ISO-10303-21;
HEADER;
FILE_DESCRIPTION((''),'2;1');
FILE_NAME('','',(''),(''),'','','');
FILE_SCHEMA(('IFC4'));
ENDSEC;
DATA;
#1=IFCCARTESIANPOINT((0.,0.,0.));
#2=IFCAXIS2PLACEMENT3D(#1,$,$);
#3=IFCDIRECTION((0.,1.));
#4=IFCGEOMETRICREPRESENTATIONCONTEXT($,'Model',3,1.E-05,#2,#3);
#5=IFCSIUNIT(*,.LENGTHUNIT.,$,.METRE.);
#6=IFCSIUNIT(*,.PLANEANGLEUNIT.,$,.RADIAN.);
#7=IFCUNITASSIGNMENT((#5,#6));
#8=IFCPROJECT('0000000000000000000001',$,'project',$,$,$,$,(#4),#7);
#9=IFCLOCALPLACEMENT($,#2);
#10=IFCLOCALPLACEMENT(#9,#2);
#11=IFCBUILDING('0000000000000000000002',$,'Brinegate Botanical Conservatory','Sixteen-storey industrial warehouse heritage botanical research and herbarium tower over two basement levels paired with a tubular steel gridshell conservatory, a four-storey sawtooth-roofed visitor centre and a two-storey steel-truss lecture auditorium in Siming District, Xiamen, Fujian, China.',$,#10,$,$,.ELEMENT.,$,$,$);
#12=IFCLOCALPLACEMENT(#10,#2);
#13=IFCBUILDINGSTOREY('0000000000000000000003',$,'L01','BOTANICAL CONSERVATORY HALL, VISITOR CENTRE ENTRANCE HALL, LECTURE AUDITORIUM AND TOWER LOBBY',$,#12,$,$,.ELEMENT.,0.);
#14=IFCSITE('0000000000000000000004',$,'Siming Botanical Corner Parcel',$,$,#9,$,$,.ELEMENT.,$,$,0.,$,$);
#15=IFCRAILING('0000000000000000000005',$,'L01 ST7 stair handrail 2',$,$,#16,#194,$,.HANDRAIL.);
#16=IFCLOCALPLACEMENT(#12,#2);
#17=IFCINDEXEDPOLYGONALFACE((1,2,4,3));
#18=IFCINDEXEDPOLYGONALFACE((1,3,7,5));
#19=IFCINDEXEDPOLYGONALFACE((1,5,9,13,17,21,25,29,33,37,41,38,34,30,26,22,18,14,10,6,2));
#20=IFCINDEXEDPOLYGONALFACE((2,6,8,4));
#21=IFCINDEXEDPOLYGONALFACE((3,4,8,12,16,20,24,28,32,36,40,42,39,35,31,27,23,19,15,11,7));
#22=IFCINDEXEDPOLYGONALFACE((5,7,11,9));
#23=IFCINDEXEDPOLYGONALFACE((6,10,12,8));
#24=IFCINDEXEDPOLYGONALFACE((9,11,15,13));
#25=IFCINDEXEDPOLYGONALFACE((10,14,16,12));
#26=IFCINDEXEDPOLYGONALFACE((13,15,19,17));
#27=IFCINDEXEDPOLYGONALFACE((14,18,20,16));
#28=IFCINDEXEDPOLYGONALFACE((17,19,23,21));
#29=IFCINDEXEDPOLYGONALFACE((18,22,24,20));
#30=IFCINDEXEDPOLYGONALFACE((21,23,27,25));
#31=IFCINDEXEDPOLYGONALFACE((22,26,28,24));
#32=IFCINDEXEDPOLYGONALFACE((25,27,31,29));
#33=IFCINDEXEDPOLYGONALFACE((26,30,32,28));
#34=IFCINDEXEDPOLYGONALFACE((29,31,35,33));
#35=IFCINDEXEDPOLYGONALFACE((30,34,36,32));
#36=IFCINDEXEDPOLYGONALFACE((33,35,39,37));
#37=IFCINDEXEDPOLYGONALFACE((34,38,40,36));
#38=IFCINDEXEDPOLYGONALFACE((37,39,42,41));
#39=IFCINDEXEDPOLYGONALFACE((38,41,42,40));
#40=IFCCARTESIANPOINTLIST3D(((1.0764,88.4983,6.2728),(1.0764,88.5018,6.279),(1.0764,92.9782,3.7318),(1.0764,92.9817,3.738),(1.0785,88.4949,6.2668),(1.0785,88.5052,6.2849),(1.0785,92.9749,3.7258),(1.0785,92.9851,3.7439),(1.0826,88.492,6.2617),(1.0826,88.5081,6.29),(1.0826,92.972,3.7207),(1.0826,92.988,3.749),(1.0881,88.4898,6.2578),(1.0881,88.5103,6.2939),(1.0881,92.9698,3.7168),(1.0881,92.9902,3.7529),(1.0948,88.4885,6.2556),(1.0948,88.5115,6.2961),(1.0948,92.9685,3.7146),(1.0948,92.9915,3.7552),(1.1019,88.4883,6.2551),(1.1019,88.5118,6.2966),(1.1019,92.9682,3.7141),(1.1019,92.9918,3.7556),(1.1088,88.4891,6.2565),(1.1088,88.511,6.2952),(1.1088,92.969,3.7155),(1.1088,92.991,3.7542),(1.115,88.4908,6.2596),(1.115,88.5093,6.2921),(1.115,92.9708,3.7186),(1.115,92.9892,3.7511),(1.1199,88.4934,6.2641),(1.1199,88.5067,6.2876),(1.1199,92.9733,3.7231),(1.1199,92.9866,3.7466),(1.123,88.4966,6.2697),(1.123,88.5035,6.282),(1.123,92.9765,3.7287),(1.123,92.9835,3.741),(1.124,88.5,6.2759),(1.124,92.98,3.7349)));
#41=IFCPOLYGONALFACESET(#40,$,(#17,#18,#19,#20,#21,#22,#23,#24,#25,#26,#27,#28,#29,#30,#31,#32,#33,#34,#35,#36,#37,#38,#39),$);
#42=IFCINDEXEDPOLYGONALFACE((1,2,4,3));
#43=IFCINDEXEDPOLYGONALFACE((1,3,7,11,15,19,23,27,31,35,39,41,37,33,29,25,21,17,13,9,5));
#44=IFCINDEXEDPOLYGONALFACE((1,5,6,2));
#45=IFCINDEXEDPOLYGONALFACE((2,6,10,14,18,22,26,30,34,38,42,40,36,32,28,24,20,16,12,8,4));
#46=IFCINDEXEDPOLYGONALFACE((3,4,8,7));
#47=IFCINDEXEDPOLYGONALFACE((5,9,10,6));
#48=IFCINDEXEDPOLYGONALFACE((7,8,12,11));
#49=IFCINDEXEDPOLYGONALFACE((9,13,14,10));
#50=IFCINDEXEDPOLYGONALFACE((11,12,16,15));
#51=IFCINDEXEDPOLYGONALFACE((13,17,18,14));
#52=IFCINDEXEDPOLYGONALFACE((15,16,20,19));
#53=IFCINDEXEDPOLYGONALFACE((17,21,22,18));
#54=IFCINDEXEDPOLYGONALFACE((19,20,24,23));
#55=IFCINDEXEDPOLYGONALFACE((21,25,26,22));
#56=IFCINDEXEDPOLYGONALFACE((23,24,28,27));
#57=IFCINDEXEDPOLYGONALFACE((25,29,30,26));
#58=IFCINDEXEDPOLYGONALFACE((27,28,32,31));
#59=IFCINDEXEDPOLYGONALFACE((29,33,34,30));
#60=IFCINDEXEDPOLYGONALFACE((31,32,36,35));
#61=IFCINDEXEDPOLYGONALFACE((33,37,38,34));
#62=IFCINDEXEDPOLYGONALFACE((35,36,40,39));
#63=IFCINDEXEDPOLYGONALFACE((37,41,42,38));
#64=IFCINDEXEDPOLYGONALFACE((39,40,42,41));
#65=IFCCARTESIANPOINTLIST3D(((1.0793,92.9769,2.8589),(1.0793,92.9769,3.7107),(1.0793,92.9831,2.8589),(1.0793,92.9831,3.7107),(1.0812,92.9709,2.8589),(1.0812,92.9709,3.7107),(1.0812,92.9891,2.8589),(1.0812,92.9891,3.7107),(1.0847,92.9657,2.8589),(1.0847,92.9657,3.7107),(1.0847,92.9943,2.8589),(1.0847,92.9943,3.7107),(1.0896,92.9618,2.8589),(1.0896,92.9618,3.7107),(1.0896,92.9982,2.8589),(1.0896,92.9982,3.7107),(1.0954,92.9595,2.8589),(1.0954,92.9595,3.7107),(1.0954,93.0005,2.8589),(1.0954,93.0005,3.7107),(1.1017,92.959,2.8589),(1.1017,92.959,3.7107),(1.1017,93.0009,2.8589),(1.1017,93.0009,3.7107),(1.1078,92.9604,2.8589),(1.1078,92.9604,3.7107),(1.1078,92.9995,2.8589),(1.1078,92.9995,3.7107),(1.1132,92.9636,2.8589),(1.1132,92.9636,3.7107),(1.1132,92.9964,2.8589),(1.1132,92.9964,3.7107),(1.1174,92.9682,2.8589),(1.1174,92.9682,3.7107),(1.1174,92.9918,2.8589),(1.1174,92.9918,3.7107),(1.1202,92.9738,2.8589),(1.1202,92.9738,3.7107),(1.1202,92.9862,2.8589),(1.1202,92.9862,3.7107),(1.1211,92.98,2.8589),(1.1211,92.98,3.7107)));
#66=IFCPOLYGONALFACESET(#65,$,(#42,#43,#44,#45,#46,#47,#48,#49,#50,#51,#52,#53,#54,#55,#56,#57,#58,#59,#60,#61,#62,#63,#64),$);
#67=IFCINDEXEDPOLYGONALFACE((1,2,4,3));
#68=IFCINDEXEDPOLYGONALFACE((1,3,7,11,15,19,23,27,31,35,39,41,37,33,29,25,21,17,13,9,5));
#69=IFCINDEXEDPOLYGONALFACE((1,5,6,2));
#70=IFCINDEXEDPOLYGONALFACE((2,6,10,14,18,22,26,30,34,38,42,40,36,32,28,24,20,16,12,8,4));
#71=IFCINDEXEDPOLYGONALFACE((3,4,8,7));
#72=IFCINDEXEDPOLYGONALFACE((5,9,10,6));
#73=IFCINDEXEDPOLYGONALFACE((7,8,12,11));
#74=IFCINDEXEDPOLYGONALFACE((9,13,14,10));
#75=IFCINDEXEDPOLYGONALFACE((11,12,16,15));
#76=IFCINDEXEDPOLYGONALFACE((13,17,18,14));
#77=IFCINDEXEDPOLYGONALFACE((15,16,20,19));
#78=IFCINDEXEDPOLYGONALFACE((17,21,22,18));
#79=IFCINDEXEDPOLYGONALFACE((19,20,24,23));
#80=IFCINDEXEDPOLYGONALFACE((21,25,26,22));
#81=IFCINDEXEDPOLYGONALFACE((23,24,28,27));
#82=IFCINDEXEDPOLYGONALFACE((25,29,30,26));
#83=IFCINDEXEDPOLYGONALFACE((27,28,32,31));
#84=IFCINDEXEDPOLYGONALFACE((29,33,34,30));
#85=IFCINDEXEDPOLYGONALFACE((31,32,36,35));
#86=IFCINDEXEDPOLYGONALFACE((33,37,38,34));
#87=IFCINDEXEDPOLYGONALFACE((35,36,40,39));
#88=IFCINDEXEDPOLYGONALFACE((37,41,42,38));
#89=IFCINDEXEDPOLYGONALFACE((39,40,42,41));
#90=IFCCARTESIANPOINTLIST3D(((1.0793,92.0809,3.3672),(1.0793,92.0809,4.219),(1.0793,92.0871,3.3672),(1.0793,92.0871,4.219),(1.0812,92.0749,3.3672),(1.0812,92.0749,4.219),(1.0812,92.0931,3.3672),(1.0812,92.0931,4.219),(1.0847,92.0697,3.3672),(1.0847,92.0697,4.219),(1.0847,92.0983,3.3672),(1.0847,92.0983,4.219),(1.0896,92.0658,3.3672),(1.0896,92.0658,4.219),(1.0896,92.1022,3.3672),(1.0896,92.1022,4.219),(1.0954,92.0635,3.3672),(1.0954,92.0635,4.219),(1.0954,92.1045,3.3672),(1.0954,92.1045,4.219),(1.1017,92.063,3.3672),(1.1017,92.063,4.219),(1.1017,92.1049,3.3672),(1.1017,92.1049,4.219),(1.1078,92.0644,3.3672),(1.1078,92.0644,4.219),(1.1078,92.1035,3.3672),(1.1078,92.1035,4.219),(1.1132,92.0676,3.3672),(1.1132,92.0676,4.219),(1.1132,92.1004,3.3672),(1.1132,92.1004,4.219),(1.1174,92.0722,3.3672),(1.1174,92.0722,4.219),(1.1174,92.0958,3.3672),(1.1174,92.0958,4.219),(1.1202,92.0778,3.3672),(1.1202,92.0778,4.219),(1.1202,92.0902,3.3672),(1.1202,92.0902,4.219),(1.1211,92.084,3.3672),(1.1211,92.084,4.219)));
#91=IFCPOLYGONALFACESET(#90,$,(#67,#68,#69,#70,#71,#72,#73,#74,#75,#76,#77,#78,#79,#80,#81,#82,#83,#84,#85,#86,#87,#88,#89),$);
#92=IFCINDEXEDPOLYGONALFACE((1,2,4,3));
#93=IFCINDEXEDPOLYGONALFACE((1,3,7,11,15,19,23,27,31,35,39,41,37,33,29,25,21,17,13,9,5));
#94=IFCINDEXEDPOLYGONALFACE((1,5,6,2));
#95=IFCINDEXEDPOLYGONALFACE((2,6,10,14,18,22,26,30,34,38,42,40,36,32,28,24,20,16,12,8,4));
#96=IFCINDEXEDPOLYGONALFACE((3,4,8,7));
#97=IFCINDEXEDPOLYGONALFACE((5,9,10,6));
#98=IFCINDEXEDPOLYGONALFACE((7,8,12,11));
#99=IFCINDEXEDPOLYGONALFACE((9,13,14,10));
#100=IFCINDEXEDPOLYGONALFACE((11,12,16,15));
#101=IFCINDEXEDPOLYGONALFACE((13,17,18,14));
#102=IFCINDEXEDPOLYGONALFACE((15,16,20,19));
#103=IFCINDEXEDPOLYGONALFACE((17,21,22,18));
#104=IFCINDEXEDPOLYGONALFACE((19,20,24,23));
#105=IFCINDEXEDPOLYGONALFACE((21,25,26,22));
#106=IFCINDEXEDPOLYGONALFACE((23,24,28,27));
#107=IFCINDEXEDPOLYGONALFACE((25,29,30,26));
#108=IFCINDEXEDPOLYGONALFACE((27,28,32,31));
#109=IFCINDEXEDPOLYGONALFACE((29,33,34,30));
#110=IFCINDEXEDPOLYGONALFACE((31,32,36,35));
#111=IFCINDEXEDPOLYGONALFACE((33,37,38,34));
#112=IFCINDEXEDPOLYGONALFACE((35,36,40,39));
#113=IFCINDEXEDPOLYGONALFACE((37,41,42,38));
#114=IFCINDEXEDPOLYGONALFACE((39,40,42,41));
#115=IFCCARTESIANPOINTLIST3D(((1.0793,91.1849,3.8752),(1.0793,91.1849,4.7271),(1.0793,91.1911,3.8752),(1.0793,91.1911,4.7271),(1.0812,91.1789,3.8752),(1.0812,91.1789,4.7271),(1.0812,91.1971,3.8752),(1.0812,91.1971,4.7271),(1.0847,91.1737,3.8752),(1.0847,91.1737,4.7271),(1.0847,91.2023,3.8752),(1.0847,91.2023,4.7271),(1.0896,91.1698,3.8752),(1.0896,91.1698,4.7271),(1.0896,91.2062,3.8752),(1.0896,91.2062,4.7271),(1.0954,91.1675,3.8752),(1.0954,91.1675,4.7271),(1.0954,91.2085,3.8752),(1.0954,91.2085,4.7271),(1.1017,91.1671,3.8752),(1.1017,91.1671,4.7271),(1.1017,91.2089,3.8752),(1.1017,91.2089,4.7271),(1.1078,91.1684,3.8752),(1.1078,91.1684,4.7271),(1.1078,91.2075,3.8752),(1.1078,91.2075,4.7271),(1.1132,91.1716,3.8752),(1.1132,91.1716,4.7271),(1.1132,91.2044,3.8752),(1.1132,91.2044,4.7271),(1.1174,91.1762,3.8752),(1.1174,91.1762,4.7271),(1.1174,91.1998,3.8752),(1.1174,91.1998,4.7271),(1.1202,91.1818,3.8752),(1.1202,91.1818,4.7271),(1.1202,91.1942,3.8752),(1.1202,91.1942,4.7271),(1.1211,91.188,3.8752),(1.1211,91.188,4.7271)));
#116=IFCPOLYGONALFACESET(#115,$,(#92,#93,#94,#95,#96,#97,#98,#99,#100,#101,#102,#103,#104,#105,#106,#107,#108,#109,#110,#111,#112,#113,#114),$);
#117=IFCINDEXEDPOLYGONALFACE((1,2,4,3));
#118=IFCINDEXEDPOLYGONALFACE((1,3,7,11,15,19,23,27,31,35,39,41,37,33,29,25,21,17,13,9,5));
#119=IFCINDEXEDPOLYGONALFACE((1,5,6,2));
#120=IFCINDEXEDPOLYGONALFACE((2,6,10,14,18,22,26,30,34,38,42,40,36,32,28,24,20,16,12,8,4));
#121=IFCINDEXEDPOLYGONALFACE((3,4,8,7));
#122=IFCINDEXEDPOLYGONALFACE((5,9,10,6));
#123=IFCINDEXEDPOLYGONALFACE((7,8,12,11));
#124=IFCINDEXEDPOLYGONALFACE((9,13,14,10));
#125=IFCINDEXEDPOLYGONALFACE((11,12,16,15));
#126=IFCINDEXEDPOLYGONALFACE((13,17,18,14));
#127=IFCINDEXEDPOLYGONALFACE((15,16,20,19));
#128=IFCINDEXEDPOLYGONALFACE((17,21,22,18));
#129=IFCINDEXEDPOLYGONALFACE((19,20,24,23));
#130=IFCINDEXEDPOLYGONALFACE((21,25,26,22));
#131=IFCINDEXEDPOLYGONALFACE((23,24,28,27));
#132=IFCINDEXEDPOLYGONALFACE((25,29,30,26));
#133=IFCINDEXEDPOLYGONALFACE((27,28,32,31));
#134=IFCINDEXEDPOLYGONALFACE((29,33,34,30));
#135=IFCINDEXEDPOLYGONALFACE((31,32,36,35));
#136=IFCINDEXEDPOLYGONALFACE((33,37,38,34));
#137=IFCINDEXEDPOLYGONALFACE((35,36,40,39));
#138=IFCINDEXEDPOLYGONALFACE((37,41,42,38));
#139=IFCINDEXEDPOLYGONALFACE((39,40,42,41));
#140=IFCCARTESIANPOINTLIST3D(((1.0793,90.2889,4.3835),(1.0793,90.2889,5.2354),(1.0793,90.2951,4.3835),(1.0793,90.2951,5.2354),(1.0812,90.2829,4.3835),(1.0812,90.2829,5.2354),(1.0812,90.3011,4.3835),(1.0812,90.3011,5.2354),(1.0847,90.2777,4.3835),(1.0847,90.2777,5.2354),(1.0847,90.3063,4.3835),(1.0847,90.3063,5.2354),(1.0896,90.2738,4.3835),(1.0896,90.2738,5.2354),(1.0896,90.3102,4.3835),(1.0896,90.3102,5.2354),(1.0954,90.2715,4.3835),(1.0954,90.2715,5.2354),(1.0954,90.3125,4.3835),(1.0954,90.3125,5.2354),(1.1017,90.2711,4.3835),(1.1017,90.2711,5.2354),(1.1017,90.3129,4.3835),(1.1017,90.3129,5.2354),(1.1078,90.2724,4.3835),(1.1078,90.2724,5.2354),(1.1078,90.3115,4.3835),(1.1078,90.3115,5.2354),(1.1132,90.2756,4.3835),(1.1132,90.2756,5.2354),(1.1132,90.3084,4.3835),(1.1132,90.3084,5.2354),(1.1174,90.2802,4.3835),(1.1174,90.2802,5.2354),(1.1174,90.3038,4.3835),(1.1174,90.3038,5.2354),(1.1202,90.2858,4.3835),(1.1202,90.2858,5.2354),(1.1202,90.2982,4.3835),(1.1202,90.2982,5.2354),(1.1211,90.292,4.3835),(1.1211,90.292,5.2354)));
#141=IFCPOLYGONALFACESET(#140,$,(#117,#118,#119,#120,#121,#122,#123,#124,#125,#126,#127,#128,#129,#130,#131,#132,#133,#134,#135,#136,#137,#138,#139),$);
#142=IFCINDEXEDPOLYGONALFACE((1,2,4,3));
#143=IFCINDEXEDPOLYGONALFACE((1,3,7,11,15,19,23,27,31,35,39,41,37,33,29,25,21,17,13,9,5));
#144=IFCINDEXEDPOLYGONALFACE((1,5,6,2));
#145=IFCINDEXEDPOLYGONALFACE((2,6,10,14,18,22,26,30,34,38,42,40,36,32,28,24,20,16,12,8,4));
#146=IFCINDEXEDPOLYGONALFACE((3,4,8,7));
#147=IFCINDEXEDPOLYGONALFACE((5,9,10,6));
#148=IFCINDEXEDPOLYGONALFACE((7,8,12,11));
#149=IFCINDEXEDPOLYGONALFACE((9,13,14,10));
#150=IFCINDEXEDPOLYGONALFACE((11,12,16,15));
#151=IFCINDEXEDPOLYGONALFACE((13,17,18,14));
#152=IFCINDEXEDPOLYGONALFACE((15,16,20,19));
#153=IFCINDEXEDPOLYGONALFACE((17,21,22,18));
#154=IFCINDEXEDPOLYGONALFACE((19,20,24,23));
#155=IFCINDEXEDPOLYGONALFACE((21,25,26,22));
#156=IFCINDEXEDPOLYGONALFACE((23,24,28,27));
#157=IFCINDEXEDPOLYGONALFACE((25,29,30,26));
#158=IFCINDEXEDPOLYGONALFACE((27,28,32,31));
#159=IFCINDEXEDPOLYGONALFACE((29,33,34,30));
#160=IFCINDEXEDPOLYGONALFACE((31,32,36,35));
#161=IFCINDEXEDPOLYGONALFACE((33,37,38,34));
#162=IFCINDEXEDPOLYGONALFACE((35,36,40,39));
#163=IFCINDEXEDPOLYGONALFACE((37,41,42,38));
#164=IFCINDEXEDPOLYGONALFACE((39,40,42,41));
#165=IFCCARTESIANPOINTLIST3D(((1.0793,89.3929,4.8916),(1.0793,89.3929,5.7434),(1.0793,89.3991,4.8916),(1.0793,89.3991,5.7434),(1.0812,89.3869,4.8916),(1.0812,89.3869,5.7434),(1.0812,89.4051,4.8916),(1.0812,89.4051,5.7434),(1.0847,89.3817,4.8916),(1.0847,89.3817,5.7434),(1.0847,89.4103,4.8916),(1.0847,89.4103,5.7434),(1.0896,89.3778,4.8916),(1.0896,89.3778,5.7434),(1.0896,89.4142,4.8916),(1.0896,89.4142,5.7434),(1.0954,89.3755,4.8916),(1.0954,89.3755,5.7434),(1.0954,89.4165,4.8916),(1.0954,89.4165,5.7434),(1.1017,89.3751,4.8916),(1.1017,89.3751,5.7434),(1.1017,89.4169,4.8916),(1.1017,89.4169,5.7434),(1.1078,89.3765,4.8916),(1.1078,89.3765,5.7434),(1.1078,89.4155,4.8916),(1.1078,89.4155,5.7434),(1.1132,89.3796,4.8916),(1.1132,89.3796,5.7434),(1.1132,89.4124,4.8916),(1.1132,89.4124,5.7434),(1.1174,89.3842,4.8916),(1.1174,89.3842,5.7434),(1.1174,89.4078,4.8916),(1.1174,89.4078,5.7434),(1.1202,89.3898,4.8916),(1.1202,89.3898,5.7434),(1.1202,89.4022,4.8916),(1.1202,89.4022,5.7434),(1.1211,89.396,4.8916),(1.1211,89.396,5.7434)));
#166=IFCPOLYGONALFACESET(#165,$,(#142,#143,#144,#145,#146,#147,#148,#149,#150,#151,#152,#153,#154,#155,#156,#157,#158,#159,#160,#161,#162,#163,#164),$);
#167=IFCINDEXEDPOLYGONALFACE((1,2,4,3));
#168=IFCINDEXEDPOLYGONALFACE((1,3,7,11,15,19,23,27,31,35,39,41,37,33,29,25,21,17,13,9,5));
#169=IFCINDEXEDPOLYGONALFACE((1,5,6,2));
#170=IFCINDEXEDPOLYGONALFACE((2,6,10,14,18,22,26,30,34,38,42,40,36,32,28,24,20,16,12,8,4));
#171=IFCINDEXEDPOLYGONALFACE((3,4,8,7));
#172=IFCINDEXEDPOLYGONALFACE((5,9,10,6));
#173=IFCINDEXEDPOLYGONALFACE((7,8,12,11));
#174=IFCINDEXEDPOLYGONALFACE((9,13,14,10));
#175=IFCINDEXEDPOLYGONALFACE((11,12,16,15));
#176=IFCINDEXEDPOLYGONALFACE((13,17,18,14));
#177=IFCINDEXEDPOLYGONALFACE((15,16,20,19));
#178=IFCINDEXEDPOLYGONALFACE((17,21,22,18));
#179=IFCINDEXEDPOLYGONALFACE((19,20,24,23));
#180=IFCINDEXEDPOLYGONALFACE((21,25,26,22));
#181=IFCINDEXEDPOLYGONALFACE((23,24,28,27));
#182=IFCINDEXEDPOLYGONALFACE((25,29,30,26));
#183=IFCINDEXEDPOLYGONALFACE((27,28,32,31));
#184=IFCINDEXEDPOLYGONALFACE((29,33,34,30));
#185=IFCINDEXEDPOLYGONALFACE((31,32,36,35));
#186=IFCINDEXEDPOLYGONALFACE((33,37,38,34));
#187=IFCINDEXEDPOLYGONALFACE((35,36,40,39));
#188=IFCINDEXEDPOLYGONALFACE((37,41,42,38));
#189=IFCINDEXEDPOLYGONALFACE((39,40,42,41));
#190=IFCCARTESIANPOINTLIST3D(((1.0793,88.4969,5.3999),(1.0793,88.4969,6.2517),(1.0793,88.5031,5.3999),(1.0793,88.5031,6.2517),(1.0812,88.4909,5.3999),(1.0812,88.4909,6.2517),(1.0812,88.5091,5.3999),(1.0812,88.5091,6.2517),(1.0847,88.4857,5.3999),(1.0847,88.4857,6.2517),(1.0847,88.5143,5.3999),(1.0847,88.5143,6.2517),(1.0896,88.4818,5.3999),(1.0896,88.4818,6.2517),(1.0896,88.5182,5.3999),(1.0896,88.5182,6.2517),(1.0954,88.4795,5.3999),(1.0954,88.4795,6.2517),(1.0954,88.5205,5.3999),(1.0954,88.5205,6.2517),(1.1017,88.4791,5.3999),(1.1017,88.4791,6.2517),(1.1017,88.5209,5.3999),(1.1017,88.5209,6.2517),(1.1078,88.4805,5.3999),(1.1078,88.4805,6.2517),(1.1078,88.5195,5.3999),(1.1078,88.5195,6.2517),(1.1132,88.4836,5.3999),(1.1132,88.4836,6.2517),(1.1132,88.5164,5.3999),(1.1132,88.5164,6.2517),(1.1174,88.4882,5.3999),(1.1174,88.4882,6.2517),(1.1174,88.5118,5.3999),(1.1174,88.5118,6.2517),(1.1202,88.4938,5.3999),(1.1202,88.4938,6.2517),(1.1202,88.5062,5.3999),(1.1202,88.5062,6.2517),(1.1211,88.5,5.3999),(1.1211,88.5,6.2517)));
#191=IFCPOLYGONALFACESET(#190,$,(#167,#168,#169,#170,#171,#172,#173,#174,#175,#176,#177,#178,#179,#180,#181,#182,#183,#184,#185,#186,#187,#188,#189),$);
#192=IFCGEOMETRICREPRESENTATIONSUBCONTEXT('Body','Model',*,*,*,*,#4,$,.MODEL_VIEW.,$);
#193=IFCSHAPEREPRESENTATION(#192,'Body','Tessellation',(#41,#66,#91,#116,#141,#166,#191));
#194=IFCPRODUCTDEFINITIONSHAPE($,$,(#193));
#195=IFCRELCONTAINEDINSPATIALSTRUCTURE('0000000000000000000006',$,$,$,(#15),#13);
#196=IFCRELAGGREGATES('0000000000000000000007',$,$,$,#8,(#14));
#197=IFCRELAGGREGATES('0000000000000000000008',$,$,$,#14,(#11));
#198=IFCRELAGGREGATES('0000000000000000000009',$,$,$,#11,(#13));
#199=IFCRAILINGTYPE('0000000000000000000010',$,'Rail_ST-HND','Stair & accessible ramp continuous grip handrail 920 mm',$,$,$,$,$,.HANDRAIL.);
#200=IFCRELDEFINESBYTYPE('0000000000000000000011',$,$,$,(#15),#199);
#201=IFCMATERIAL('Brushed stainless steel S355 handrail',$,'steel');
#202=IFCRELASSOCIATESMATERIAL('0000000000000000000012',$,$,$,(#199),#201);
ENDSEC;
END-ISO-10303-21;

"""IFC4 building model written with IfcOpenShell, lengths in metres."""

from ifc_helpers import new_model, si_unit, direction, frame, origin, origin_2d, place, context, subcontext, project, spatial, circle, extrude, material, type_object, element, save


model = new_model("IFC4")

# Units and contexts
model_context = context("Model", 3, precision=1e-05, world=origin(), true_north=direction((0.0, 1.0)))
body_context = subcontext(model_context, "Body", "Model", "MODEL_VIEW")
ifc_project = project(units=[si_unit("LENGTHUNIT", "METRE"), si_unit("PLANEANGLEUNIT", "RADIAN")], contexts=[model_context])

# Site, building, storey
site_placement = place(None, origin())
site = spatial("IfcSite", under=ifc_project, at=site_placement, Name="Siming Botanical Corner Parcel", CompositionType="ELEMENT", RefElevation=0.0)
building_placement = place(site_placement, origin())
building = spatial("IfcBuilding", under=site, at=building_placement, Name="Brinegate Botanical Conservatory", Description="Sixteen-storey industrial warehouse heritage botanical research and herbarium tower over two basement levels paired with a tubular steel gridshell conservatory, a four-storey sawtooth-roofed visitor centre and a two-storey steel-truss lecture auditorium in Siming District, Xiamen, Fujian, China.", CompositionType="ELEMENT")
storey_placement = place(building_placement, origin())
storey = spatial("IfcBuildingStorey", under=building, at=storey_placement, Name="L01", Description="BOTANICAL CONSERVATORY HALL, VISITOR CENTRE ENTRANCE HALL, LECTURE AUDITORIUM AND TOWER LOBBY", CompositionType="ELEMENT", Elevation=0.0)

# Railing
ifc_material_1 = material(Name="Brushed stainless steel S355 handrail", Category="steel")
railing_type_1 = type_object("IfcRailingType", Name="Rail_ST-HND", Description="Stair & accessible ramp continuous grip handrail 920 mm", PredefinedType="HANDRAIL", material=ifc_material_1)
railing_1_placement = place(storey_placement, frame((1.1001, 92.98, 2.8589)))
element("IfcRailing", 1, at=railing_1_placement, inside=storey, type_object=railing_type_1, Name="L01 ST7 stair handrail 2", PredefinedType="HANDRAIL", context=body_context, shape_type="SweptSolid", body=[
    extrude(circle(Radius=0.0239, at=origin_2d()), frame((0.0, 0.0, 0.876), z_axis=(0.0, -0.869826, 0.493359), x_axis=(1.0, 0.0, 0.0)), (0.0, 0.0, 1.0), 5.1504),
    extrude(circle(Radius=0.021, at=origin_2d()), origin(), (0.0, 0.0, 1.0), 0.8518),
    extrude(circle(Radius=0.021, at=origin_2d()), frame((0.0, -0.896, 0.5083)), (0.0, 0.0, 1.0), 0.8518),
    extrude(circle(Radius=0.021, at=origin_2d()), frame((0.0, -1.792, 1.0164)), (0.0, 0.0, 1.0), 0.8518),
    extrude(circle(Radius=0.021, at=origin_2d()), frame((0.0, -2.688, 1.5247)), (0.0, 0.0, 1.0), 0.8518),
    extrude(circle(Radius=0.021, at=origin_2d()), frame((0.0, -3.584, 2.0327)), (0.0, 0.0, 1.0), 0.8518),
    extrude(circle(Radius=0.021, at=origin_2d()), frame((0.0, -4.48, 2.541)), (0.0, 0.0, 1.0), 0.8518),
])

save(model, "model.ifc")
